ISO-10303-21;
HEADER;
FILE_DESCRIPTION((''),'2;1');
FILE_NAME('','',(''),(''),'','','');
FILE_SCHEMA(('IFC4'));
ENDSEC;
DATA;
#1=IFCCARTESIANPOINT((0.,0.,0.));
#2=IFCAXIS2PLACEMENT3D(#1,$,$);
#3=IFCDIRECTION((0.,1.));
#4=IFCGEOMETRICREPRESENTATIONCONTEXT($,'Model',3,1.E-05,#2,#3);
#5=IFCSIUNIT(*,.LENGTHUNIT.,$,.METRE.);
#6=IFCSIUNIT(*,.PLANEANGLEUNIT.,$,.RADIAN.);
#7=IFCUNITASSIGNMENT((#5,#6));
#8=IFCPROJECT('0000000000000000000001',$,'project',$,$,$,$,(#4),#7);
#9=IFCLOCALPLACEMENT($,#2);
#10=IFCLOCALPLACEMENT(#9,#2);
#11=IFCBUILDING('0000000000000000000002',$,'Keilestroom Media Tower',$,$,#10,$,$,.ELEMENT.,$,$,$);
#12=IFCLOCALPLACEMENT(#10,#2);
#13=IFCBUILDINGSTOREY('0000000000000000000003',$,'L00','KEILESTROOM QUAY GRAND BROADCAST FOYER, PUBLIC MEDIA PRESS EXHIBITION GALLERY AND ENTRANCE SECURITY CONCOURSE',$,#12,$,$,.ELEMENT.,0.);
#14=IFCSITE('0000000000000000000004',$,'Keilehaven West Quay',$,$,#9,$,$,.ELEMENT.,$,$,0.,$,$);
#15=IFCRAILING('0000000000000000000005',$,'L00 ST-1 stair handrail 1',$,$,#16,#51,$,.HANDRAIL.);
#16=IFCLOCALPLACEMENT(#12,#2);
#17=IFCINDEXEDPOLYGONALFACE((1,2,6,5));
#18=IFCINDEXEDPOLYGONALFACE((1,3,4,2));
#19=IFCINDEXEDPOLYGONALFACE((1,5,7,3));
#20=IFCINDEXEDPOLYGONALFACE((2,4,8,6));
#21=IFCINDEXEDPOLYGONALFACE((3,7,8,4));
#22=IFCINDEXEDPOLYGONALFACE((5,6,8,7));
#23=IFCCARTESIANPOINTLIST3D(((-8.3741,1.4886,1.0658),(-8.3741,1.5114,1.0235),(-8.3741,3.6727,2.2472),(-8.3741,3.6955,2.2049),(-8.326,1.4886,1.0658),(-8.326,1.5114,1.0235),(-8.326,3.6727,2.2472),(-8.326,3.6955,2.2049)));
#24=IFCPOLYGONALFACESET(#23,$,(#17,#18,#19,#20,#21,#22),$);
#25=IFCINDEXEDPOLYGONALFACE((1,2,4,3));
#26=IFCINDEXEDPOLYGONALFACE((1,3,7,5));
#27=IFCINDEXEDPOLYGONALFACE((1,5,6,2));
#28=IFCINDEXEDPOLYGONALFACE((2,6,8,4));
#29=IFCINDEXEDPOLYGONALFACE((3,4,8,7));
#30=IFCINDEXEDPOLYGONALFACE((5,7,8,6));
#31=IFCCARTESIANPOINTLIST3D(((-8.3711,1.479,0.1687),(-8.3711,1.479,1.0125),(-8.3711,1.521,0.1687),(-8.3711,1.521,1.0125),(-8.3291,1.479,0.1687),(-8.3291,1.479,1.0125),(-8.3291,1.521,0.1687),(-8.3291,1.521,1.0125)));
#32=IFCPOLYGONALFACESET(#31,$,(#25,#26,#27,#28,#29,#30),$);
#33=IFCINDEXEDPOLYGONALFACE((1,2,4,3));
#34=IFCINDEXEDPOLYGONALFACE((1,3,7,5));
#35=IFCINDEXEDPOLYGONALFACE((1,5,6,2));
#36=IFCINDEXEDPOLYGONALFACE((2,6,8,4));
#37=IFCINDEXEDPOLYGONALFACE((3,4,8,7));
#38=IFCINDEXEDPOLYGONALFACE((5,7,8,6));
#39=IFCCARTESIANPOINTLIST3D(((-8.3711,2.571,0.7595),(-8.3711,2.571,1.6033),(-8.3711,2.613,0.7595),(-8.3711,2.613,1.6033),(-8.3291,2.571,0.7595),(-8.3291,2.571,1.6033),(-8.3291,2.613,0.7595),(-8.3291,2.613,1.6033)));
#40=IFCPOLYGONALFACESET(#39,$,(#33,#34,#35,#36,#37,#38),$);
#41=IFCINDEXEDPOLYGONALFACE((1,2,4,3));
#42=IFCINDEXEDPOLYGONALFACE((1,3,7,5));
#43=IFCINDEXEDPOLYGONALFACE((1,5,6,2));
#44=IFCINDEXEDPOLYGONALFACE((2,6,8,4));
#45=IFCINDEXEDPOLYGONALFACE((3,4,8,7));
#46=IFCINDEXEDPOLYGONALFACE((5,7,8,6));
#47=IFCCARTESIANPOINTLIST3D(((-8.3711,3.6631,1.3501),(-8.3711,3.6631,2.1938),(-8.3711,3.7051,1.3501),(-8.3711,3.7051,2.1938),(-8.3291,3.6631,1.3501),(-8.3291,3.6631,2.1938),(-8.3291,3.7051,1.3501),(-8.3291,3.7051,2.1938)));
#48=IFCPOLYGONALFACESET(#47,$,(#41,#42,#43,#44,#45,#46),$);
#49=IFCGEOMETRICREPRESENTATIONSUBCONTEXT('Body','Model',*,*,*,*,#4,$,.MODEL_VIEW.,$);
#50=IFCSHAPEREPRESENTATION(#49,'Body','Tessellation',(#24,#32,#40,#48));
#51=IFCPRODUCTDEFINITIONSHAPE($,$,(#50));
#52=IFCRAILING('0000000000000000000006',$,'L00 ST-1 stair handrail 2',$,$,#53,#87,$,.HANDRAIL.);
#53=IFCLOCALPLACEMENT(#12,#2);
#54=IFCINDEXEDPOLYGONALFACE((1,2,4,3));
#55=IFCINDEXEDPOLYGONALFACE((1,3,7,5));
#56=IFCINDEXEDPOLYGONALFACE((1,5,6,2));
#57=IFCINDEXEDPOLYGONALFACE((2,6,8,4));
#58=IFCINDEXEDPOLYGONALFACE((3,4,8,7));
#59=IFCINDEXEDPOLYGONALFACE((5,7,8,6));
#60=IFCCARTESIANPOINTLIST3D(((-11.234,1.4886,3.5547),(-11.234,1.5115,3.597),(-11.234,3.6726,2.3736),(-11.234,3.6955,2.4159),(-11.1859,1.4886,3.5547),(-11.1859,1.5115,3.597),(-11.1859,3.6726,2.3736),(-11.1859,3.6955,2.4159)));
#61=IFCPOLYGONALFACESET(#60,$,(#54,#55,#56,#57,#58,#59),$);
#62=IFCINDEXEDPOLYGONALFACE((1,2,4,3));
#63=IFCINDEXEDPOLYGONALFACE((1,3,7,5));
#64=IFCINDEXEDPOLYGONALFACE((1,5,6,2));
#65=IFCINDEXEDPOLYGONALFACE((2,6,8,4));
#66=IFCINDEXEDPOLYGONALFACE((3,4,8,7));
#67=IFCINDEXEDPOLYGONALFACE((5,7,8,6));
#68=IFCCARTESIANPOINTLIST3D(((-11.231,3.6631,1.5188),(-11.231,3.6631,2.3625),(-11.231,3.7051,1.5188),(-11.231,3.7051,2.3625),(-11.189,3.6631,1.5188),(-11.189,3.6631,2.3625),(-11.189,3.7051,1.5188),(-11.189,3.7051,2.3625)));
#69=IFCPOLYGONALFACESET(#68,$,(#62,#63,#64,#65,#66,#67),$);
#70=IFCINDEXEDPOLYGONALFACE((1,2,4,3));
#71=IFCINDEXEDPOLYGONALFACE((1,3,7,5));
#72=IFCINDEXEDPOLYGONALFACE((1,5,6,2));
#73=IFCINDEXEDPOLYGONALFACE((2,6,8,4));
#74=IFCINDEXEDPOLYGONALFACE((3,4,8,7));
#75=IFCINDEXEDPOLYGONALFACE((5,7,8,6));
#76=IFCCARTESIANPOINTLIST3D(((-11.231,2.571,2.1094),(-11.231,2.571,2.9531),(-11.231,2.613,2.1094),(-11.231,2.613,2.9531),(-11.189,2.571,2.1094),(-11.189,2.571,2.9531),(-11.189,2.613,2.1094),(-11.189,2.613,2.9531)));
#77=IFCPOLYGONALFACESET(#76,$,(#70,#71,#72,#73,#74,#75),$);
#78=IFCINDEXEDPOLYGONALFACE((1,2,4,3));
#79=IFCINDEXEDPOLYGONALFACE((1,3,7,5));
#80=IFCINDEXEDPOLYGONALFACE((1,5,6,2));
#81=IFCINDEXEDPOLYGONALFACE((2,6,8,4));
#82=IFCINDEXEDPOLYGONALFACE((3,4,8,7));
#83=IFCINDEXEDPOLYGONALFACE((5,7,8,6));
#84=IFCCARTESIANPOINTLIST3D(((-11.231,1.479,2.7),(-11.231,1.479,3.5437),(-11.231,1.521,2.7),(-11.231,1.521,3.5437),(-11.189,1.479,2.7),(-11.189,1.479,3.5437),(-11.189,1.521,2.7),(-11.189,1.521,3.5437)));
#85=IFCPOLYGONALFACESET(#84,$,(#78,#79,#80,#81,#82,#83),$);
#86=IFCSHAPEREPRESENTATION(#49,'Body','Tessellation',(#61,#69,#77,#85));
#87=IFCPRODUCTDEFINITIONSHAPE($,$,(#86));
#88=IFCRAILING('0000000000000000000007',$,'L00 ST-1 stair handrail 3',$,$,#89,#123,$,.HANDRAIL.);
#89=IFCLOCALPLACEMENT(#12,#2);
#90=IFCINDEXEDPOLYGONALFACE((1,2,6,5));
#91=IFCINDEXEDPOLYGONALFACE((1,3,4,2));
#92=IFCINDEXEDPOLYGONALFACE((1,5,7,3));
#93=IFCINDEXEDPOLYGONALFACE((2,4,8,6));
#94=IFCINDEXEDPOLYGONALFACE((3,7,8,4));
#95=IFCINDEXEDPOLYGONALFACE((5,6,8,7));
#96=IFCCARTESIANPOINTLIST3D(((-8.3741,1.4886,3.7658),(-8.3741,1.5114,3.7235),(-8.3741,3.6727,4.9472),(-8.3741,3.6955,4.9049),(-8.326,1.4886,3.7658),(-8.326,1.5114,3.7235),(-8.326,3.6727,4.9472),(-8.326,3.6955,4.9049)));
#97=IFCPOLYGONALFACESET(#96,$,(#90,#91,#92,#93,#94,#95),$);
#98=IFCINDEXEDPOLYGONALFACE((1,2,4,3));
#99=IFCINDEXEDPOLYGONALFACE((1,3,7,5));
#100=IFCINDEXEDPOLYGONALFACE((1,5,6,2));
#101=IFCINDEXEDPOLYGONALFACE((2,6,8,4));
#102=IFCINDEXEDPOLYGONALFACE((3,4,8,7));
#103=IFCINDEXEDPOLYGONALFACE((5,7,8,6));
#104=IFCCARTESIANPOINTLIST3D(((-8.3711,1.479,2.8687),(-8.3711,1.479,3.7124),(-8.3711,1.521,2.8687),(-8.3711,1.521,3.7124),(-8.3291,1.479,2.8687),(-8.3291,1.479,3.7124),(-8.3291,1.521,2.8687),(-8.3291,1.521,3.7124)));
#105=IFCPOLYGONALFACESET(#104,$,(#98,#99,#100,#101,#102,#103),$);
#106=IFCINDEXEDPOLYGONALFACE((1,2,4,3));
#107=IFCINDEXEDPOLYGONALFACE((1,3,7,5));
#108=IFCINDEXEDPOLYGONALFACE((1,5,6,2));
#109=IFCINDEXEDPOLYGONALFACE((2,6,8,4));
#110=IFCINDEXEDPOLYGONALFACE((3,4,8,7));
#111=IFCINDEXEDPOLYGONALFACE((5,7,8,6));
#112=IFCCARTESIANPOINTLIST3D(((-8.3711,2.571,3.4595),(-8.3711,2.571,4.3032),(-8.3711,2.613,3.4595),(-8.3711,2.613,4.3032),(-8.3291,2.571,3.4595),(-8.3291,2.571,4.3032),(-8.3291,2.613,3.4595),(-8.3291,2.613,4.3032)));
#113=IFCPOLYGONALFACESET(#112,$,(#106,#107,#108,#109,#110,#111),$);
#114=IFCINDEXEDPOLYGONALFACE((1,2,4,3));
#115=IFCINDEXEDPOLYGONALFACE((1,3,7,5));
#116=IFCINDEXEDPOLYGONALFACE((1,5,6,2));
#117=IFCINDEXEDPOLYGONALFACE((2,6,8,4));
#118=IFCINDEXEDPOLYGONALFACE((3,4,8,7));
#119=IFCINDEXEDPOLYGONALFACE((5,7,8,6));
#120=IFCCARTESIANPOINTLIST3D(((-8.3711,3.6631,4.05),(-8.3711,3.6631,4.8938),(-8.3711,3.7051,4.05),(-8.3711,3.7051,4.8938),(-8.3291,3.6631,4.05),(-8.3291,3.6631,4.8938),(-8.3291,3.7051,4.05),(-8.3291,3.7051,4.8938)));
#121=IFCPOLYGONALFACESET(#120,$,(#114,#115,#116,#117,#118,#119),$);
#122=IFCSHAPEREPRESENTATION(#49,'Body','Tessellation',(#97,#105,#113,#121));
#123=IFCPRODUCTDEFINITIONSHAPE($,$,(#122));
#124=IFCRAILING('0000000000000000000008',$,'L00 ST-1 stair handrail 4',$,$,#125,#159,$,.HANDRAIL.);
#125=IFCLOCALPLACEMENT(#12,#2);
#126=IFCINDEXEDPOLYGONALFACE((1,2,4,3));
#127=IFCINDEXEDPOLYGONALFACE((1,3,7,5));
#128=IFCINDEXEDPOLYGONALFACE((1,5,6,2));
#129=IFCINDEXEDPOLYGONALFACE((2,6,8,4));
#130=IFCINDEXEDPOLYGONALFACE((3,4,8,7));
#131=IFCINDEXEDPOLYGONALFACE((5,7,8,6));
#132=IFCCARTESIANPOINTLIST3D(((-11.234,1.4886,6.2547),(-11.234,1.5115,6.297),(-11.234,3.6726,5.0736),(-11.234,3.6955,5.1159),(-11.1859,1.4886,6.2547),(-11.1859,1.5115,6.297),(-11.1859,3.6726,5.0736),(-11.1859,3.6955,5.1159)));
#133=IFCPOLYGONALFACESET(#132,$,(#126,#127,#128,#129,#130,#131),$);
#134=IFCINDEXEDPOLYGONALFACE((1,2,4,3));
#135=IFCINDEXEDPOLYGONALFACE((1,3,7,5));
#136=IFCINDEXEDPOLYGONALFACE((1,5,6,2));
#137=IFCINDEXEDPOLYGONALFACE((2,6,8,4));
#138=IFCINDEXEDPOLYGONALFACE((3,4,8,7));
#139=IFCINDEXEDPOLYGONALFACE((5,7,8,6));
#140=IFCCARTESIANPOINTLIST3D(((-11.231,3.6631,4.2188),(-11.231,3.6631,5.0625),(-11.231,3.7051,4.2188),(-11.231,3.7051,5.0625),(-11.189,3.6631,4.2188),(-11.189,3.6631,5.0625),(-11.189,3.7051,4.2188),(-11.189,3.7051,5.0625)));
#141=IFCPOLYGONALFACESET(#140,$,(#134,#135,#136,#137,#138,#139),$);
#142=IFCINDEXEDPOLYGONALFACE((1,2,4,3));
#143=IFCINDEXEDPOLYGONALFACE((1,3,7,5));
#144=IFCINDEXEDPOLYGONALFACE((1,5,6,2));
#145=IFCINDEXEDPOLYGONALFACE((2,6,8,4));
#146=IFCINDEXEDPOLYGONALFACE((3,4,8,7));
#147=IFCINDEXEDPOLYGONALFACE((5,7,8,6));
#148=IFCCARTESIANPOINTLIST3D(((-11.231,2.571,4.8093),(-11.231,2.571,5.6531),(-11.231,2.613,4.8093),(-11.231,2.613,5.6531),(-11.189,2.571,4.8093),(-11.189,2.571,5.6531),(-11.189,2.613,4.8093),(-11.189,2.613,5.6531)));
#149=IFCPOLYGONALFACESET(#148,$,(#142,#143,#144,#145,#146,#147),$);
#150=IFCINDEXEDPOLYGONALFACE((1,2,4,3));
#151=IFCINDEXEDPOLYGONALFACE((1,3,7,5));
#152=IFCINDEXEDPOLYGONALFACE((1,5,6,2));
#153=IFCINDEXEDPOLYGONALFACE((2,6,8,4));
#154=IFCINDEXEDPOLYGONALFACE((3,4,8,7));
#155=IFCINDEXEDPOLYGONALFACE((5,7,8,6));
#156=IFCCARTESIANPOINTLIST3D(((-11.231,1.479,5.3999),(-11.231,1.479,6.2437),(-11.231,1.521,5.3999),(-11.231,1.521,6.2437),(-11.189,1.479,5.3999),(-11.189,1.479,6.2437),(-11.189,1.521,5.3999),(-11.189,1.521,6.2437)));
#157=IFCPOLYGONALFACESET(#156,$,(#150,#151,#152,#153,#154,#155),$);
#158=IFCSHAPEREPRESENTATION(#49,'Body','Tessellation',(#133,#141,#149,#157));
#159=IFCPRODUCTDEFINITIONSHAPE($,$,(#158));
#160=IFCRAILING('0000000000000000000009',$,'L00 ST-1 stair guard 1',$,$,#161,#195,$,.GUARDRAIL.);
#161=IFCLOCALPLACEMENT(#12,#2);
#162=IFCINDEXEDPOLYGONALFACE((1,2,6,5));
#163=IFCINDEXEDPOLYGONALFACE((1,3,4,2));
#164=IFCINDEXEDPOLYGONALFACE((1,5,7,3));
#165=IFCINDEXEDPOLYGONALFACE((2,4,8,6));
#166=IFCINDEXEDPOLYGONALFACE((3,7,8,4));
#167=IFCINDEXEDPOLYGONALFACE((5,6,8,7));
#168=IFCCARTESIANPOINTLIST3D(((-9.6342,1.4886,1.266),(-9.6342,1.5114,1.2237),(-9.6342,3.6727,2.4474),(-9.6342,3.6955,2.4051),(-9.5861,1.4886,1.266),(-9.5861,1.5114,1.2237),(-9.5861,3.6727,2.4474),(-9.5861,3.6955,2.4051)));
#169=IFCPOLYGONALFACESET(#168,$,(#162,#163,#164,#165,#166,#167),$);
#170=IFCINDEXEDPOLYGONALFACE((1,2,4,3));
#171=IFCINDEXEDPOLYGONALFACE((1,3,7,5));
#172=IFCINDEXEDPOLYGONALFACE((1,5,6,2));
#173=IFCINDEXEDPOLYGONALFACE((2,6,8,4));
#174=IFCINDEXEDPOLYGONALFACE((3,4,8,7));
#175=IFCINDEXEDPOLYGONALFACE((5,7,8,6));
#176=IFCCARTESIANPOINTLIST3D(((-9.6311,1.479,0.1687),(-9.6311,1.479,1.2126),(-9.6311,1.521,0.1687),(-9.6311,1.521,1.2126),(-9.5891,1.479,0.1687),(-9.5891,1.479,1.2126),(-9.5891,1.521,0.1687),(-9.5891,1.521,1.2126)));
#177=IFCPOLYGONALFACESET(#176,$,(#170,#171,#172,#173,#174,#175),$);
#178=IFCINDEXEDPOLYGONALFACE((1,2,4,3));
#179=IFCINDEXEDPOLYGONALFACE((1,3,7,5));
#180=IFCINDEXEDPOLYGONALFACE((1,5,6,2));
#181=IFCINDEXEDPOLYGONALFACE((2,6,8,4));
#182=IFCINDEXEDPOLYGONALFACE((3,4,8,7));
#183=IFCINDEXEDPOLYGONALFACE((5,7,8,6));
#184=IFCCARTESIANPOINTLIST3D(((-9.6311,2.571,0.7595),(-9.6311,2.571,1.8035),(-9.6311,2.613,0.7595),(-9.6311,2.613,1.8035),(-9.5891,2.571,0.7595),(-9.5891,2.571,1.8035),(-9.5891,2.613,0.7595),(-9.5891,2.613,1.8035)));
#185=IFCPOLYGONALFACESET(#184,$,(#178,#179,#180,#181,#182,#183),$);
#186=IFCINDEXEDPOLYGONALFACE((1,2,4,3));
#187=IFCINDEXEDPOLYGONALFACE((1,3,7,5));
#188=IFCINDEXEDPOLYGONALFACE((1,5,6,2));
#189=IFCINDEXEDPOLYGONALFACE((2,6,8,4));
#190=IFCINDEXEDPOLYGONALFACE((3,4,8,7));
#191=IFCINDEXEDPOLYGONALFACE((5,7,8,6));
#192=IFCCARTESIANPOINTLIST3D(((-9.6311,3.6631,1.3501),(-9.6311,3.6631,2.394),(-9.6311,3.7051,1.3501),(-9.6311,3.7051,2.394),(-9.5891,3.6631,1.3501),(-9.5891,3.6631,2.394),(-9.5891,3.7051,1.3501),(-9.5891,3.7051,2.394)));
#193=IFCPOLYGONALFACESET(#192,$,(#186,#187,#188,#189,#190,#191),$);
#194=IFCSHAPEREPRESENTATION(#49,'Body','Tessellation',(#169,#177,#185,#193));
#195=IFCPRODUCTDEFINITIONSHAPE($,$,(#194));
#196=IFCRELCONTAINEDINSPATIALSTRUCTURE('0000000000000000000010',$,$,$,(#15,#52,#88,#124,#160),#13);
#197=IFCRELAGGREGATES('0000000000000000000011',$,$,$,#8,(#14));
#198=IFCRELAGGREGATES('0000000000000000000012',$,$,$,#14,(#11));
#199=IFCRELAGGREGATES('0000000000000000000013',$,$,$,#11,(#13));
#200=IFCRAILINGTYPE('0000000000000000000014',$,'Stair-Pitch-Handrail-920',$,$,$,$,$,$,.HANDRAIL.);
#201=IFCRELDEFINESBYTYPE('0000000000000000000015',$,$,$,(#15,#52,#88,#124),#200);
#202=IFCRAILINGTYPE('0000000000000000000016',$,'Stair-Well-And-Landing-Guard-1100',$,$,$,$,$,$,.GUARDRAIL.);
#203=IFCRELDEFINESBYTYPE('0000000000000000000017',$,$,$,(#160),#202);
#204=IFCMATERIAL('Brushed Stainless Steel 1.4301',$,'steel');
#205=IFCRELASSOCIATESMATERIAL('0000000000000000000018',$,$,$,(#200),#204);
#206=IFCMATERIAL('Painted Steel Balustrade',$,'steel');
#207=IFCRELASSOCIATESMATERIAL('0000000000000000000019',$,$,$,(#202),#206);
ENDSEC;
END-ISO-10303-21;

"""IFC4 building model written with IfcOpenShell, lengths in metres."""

from ifc_helpers import new_model, si_unit, direction, frame, origin, origin_2d, place, context, subcontext, project, spatial, rectangle, extrude, material, type_object, element, save


model = new_model("IFC4")

# Units and contexts
model_context = context("Model", 3, precision=1e-05, world=origin(), true_north=direction((0.0, 1.0)))
body_context = subcontext(model_context, "Body", "Model", "MODEL_VIEW")
ifc_project = project(units=[si_unit("LENGTHUNIT", "METRE"), si_unit("PLANEANGLEUNIT", "RADIAN")], contexts=[model_context])

# Site, building, storey
site_placement = place(None, origin())
site = spatial("IfcSite", under=ifc_project, at=site_placement, Name="Keilehaven West Quay", CompositionType="ELEMENT", RefElevation=0.0)
building_placement = place(site_placement, origin())
building = spatial("IfcBuilding", under=site, at=building_placement, Name="Keilestroom Media Tower", CompositionType="ELEMENT")
storey_placement = place(building_placement, origin())
storey = spatial("IfcBuildingStorey", under=building, at=storey_placement, Name="L00", Description="KEILESTROOM QUAY GRAND BROADCAST FOYER, PUBLIC MEDIA PRESS EXHIBITION GALLERY AND ENTRANCE SECURITY CONCOURSE", CompositionType="ELEMENT", Elevation=0.0)

# Railings
ifc_material_1 = material(Name="Brushed Stainless Steel 1.4301", Category="steel")
railing_type_1 = type_object("IfcRailingType", Name="Stair-Pitch-Handrail-920", PredefinedType="HANDRAIL", material=ifc_material_1)
railing_1_placement = place(storey_placement, frame((-8.3501, 1.5, 0.1687)))
element("IfcRailing", 1, at=railing_1_placement, inside=storey, type_object=railing_type_1, Name="L00 ST-1 stair handrail 1", PredefinedType="HANDRAIL", context=body_context, shape_type="SweptSolid", body=[
    extrude(rectangle(XDim=0.0481, YDim=0.0481, at=origin_2d()), frame((0.0, 0.0, 0.876), z_axis=(0.0, 0.87957, 0.47577), x_axis=(-1.0, 0.0, 0.0)), (0.0, 0.0, 1.0), 2.4832),
    extrude(rectangle(XDim=0.042, YDim=0.042, at=origin_2d()), origin(), (0.0, 0.0, 1.0), 0.8438),
    extrude(rectangle(XDim=0.042, YDim=0.042, at=origin_2d()), frame((0.0, 1.092, 0.5908)), (0.0, 0.0, 1.0), 0.8438),
    extrude(rectangle(XDim=0.042, YDim=0.042, at=origin_2d()), frame((0.0, 2.1841, 1.1814)), (0.0, 0.0, 1.0), 0.8438),
])
railing_2_placement = place(storey_placement, frame((-11.21, 3.6841, 1.5188)))
element("IfcRailing", 2, at=railing_2_placement, inside=storey, type_object=railing_type_1, Name="L00 ST-1 stair handrail 2", PredefinedType="HANDRAIL", context=body_context, shape_type="SweptSolid", body=[
    extrude(rectangle(XDim=0.0481, YDim=0.0481, at=origin_2d()), frame((0.0, 0.0, 0.876), z_axis=(0.0, -0.879611, 0.475694), x_axis=(1.0, 0.0, 0.0)), (0.0, 0.0, 1.0), 2.4829),
    extrude(rectangle(XDim=0.042, YDim=0.042, at=origin_2d()), origin(), (0.0, 0.0, 1.0), 0.8438),
    extrude(rectangle(XDim=0.042, YDim=0.042, at=origin_2d()), frame((0.0, -1.092, 0.5906)), (0.0, 0.0, 1.0), 0.8438),
    extrude(rectangle(XDim=0.042, YDim=0.042, at=origin_2d()), frame((0.0, -2.1841, 1.1812)), (0.0, 0.0, 1.0), 0.8438),
])
railing_3_placement = place(storey_placement, frame((-8.3501, 1.5, 2.8687)))
element("IfcRailing", 3, at=railing_3_placement, inside=storey, type_object=railing_type_1, Name="L00 ST-1 stair handrail 3", PredefinedType="HANDRAIL", context=body_context, shape_type="SweptSolid", body=[
    extrude(rectangle(XDim=0.0481, YDim=0.0481, at=origin_2d()), frame((0.0, 0.0, 0.876), z_axis=(0.0, 0.87957, 0.47577), x_axis=(-1.0, 0.0, 0.0)), (0.0, 0.0, 1.0), 2.4832),
    extrude(rectangle(XDim=0.042, YDim=0.042, at=origin_2d()), origin(), (0.0, 0.0, 1.0), 0.8438),
    extrude(rectangle(XDim=0.042, YDim=0.042, at=origin_2d()), frame((0.0, 1.092, 0.5908)), (0.0, 0.0, 1.0), 0.8438),
    extrude(rectangle(XDim=0.042, YDim=0.042, at=origin_2d()), frame((0.0, 2.1841, 1.1814)), (0.0, 0.0, 1.0), 0.8438),
])
railing_4_placement = place(storey_placement, frame((-11.21, 3.6841, 4.2188)))
element("IfcRailing", 4, at=railing_4_placement, inside=storey, type_object=railing_type_1, Name="L00 ST-1 stair handrail 4", PredefinedType="HANDRAIL", context=body_context, shape_type="SweptSolid", body=[
    extrude(rectangle(XDim=0.0481, YDim=0.0481, at=origin_2d()), frame((0.0, 0.0, 0.876), z_axis=(0.0, -0.879611, 0.475694), x_axis=(1.0, 0.0, 0.0)), (0.0, 0.0, 1.0), 2.4829),
    extrude(rectangle(XDim=0.042, YDim=0.042, at=origin_2d()), origin(), (0.0, 0.0, 1.0), 0.8438),
    extrude(rectangle(XDim=0.042, YDim=0.042, at=origin_2d()), frame((0.0, -1.092, 0.5906)), (0.0, 0.0, 1.0), 0.8438),
    extrude(rectangle(XDim=0.042, YDim=0.042, at=origin_2d()), frame((0.0, -2.1841, 1.1812)), (0.0, 0.0, 1.0), 0.8438),
])
ifc_material_2 = material(Name="Painted Steel Balustrade", Category="steel")
railing_type_2 = type_object("IfcRailingType", Name="Stair-Well-And-Landing-Guard-1100", PredefinedType="GUARDRAIL", material=ifc_material_2)
railing_5_placement = place(storey_placement, frame((-9.6101, 1.5, 0.1687)))
element("IfcRailing", 5, at=railing_5_placement, inside=storey, type_object=railing_type_2, Name="L00 ST-1 stair guard 1", PredefinedType="GUARDRAIL", context=body_context, shape_type="SweptSolid", body=[
    extrude(rectangle(XDim=0.0481, YDim=0.0481, at=origin_2d()), frame((0.0, 0.0, 1.0762), z_axis=(0.0, 0.87957, 0.47577), x_axis=(-1.0, 0.0, 0.0)), (0.0, 0.0, 1.0), 2.4832),
    extrude(rectangle(XDim=0.042, YDim=0.042, at=origin_2d()), origin(), (0.0, 0.0, 1.0), 1.0439),
    extrude(rectangle(XDim=0.042, YDim=0.042, at=origin_2d()), frame((0.0, 1.092, 0.5908)), (0.0, 0.0, 1.0), 1.0439),
    extrude(rectangle(XDim=0.042, YDim=0.042, at=origin_2d()), frame((0.0, 2.1841, 1.1814)), (0.0, 0.0, 1.0), 1.0439),
])

save(model, "model.ifc")
